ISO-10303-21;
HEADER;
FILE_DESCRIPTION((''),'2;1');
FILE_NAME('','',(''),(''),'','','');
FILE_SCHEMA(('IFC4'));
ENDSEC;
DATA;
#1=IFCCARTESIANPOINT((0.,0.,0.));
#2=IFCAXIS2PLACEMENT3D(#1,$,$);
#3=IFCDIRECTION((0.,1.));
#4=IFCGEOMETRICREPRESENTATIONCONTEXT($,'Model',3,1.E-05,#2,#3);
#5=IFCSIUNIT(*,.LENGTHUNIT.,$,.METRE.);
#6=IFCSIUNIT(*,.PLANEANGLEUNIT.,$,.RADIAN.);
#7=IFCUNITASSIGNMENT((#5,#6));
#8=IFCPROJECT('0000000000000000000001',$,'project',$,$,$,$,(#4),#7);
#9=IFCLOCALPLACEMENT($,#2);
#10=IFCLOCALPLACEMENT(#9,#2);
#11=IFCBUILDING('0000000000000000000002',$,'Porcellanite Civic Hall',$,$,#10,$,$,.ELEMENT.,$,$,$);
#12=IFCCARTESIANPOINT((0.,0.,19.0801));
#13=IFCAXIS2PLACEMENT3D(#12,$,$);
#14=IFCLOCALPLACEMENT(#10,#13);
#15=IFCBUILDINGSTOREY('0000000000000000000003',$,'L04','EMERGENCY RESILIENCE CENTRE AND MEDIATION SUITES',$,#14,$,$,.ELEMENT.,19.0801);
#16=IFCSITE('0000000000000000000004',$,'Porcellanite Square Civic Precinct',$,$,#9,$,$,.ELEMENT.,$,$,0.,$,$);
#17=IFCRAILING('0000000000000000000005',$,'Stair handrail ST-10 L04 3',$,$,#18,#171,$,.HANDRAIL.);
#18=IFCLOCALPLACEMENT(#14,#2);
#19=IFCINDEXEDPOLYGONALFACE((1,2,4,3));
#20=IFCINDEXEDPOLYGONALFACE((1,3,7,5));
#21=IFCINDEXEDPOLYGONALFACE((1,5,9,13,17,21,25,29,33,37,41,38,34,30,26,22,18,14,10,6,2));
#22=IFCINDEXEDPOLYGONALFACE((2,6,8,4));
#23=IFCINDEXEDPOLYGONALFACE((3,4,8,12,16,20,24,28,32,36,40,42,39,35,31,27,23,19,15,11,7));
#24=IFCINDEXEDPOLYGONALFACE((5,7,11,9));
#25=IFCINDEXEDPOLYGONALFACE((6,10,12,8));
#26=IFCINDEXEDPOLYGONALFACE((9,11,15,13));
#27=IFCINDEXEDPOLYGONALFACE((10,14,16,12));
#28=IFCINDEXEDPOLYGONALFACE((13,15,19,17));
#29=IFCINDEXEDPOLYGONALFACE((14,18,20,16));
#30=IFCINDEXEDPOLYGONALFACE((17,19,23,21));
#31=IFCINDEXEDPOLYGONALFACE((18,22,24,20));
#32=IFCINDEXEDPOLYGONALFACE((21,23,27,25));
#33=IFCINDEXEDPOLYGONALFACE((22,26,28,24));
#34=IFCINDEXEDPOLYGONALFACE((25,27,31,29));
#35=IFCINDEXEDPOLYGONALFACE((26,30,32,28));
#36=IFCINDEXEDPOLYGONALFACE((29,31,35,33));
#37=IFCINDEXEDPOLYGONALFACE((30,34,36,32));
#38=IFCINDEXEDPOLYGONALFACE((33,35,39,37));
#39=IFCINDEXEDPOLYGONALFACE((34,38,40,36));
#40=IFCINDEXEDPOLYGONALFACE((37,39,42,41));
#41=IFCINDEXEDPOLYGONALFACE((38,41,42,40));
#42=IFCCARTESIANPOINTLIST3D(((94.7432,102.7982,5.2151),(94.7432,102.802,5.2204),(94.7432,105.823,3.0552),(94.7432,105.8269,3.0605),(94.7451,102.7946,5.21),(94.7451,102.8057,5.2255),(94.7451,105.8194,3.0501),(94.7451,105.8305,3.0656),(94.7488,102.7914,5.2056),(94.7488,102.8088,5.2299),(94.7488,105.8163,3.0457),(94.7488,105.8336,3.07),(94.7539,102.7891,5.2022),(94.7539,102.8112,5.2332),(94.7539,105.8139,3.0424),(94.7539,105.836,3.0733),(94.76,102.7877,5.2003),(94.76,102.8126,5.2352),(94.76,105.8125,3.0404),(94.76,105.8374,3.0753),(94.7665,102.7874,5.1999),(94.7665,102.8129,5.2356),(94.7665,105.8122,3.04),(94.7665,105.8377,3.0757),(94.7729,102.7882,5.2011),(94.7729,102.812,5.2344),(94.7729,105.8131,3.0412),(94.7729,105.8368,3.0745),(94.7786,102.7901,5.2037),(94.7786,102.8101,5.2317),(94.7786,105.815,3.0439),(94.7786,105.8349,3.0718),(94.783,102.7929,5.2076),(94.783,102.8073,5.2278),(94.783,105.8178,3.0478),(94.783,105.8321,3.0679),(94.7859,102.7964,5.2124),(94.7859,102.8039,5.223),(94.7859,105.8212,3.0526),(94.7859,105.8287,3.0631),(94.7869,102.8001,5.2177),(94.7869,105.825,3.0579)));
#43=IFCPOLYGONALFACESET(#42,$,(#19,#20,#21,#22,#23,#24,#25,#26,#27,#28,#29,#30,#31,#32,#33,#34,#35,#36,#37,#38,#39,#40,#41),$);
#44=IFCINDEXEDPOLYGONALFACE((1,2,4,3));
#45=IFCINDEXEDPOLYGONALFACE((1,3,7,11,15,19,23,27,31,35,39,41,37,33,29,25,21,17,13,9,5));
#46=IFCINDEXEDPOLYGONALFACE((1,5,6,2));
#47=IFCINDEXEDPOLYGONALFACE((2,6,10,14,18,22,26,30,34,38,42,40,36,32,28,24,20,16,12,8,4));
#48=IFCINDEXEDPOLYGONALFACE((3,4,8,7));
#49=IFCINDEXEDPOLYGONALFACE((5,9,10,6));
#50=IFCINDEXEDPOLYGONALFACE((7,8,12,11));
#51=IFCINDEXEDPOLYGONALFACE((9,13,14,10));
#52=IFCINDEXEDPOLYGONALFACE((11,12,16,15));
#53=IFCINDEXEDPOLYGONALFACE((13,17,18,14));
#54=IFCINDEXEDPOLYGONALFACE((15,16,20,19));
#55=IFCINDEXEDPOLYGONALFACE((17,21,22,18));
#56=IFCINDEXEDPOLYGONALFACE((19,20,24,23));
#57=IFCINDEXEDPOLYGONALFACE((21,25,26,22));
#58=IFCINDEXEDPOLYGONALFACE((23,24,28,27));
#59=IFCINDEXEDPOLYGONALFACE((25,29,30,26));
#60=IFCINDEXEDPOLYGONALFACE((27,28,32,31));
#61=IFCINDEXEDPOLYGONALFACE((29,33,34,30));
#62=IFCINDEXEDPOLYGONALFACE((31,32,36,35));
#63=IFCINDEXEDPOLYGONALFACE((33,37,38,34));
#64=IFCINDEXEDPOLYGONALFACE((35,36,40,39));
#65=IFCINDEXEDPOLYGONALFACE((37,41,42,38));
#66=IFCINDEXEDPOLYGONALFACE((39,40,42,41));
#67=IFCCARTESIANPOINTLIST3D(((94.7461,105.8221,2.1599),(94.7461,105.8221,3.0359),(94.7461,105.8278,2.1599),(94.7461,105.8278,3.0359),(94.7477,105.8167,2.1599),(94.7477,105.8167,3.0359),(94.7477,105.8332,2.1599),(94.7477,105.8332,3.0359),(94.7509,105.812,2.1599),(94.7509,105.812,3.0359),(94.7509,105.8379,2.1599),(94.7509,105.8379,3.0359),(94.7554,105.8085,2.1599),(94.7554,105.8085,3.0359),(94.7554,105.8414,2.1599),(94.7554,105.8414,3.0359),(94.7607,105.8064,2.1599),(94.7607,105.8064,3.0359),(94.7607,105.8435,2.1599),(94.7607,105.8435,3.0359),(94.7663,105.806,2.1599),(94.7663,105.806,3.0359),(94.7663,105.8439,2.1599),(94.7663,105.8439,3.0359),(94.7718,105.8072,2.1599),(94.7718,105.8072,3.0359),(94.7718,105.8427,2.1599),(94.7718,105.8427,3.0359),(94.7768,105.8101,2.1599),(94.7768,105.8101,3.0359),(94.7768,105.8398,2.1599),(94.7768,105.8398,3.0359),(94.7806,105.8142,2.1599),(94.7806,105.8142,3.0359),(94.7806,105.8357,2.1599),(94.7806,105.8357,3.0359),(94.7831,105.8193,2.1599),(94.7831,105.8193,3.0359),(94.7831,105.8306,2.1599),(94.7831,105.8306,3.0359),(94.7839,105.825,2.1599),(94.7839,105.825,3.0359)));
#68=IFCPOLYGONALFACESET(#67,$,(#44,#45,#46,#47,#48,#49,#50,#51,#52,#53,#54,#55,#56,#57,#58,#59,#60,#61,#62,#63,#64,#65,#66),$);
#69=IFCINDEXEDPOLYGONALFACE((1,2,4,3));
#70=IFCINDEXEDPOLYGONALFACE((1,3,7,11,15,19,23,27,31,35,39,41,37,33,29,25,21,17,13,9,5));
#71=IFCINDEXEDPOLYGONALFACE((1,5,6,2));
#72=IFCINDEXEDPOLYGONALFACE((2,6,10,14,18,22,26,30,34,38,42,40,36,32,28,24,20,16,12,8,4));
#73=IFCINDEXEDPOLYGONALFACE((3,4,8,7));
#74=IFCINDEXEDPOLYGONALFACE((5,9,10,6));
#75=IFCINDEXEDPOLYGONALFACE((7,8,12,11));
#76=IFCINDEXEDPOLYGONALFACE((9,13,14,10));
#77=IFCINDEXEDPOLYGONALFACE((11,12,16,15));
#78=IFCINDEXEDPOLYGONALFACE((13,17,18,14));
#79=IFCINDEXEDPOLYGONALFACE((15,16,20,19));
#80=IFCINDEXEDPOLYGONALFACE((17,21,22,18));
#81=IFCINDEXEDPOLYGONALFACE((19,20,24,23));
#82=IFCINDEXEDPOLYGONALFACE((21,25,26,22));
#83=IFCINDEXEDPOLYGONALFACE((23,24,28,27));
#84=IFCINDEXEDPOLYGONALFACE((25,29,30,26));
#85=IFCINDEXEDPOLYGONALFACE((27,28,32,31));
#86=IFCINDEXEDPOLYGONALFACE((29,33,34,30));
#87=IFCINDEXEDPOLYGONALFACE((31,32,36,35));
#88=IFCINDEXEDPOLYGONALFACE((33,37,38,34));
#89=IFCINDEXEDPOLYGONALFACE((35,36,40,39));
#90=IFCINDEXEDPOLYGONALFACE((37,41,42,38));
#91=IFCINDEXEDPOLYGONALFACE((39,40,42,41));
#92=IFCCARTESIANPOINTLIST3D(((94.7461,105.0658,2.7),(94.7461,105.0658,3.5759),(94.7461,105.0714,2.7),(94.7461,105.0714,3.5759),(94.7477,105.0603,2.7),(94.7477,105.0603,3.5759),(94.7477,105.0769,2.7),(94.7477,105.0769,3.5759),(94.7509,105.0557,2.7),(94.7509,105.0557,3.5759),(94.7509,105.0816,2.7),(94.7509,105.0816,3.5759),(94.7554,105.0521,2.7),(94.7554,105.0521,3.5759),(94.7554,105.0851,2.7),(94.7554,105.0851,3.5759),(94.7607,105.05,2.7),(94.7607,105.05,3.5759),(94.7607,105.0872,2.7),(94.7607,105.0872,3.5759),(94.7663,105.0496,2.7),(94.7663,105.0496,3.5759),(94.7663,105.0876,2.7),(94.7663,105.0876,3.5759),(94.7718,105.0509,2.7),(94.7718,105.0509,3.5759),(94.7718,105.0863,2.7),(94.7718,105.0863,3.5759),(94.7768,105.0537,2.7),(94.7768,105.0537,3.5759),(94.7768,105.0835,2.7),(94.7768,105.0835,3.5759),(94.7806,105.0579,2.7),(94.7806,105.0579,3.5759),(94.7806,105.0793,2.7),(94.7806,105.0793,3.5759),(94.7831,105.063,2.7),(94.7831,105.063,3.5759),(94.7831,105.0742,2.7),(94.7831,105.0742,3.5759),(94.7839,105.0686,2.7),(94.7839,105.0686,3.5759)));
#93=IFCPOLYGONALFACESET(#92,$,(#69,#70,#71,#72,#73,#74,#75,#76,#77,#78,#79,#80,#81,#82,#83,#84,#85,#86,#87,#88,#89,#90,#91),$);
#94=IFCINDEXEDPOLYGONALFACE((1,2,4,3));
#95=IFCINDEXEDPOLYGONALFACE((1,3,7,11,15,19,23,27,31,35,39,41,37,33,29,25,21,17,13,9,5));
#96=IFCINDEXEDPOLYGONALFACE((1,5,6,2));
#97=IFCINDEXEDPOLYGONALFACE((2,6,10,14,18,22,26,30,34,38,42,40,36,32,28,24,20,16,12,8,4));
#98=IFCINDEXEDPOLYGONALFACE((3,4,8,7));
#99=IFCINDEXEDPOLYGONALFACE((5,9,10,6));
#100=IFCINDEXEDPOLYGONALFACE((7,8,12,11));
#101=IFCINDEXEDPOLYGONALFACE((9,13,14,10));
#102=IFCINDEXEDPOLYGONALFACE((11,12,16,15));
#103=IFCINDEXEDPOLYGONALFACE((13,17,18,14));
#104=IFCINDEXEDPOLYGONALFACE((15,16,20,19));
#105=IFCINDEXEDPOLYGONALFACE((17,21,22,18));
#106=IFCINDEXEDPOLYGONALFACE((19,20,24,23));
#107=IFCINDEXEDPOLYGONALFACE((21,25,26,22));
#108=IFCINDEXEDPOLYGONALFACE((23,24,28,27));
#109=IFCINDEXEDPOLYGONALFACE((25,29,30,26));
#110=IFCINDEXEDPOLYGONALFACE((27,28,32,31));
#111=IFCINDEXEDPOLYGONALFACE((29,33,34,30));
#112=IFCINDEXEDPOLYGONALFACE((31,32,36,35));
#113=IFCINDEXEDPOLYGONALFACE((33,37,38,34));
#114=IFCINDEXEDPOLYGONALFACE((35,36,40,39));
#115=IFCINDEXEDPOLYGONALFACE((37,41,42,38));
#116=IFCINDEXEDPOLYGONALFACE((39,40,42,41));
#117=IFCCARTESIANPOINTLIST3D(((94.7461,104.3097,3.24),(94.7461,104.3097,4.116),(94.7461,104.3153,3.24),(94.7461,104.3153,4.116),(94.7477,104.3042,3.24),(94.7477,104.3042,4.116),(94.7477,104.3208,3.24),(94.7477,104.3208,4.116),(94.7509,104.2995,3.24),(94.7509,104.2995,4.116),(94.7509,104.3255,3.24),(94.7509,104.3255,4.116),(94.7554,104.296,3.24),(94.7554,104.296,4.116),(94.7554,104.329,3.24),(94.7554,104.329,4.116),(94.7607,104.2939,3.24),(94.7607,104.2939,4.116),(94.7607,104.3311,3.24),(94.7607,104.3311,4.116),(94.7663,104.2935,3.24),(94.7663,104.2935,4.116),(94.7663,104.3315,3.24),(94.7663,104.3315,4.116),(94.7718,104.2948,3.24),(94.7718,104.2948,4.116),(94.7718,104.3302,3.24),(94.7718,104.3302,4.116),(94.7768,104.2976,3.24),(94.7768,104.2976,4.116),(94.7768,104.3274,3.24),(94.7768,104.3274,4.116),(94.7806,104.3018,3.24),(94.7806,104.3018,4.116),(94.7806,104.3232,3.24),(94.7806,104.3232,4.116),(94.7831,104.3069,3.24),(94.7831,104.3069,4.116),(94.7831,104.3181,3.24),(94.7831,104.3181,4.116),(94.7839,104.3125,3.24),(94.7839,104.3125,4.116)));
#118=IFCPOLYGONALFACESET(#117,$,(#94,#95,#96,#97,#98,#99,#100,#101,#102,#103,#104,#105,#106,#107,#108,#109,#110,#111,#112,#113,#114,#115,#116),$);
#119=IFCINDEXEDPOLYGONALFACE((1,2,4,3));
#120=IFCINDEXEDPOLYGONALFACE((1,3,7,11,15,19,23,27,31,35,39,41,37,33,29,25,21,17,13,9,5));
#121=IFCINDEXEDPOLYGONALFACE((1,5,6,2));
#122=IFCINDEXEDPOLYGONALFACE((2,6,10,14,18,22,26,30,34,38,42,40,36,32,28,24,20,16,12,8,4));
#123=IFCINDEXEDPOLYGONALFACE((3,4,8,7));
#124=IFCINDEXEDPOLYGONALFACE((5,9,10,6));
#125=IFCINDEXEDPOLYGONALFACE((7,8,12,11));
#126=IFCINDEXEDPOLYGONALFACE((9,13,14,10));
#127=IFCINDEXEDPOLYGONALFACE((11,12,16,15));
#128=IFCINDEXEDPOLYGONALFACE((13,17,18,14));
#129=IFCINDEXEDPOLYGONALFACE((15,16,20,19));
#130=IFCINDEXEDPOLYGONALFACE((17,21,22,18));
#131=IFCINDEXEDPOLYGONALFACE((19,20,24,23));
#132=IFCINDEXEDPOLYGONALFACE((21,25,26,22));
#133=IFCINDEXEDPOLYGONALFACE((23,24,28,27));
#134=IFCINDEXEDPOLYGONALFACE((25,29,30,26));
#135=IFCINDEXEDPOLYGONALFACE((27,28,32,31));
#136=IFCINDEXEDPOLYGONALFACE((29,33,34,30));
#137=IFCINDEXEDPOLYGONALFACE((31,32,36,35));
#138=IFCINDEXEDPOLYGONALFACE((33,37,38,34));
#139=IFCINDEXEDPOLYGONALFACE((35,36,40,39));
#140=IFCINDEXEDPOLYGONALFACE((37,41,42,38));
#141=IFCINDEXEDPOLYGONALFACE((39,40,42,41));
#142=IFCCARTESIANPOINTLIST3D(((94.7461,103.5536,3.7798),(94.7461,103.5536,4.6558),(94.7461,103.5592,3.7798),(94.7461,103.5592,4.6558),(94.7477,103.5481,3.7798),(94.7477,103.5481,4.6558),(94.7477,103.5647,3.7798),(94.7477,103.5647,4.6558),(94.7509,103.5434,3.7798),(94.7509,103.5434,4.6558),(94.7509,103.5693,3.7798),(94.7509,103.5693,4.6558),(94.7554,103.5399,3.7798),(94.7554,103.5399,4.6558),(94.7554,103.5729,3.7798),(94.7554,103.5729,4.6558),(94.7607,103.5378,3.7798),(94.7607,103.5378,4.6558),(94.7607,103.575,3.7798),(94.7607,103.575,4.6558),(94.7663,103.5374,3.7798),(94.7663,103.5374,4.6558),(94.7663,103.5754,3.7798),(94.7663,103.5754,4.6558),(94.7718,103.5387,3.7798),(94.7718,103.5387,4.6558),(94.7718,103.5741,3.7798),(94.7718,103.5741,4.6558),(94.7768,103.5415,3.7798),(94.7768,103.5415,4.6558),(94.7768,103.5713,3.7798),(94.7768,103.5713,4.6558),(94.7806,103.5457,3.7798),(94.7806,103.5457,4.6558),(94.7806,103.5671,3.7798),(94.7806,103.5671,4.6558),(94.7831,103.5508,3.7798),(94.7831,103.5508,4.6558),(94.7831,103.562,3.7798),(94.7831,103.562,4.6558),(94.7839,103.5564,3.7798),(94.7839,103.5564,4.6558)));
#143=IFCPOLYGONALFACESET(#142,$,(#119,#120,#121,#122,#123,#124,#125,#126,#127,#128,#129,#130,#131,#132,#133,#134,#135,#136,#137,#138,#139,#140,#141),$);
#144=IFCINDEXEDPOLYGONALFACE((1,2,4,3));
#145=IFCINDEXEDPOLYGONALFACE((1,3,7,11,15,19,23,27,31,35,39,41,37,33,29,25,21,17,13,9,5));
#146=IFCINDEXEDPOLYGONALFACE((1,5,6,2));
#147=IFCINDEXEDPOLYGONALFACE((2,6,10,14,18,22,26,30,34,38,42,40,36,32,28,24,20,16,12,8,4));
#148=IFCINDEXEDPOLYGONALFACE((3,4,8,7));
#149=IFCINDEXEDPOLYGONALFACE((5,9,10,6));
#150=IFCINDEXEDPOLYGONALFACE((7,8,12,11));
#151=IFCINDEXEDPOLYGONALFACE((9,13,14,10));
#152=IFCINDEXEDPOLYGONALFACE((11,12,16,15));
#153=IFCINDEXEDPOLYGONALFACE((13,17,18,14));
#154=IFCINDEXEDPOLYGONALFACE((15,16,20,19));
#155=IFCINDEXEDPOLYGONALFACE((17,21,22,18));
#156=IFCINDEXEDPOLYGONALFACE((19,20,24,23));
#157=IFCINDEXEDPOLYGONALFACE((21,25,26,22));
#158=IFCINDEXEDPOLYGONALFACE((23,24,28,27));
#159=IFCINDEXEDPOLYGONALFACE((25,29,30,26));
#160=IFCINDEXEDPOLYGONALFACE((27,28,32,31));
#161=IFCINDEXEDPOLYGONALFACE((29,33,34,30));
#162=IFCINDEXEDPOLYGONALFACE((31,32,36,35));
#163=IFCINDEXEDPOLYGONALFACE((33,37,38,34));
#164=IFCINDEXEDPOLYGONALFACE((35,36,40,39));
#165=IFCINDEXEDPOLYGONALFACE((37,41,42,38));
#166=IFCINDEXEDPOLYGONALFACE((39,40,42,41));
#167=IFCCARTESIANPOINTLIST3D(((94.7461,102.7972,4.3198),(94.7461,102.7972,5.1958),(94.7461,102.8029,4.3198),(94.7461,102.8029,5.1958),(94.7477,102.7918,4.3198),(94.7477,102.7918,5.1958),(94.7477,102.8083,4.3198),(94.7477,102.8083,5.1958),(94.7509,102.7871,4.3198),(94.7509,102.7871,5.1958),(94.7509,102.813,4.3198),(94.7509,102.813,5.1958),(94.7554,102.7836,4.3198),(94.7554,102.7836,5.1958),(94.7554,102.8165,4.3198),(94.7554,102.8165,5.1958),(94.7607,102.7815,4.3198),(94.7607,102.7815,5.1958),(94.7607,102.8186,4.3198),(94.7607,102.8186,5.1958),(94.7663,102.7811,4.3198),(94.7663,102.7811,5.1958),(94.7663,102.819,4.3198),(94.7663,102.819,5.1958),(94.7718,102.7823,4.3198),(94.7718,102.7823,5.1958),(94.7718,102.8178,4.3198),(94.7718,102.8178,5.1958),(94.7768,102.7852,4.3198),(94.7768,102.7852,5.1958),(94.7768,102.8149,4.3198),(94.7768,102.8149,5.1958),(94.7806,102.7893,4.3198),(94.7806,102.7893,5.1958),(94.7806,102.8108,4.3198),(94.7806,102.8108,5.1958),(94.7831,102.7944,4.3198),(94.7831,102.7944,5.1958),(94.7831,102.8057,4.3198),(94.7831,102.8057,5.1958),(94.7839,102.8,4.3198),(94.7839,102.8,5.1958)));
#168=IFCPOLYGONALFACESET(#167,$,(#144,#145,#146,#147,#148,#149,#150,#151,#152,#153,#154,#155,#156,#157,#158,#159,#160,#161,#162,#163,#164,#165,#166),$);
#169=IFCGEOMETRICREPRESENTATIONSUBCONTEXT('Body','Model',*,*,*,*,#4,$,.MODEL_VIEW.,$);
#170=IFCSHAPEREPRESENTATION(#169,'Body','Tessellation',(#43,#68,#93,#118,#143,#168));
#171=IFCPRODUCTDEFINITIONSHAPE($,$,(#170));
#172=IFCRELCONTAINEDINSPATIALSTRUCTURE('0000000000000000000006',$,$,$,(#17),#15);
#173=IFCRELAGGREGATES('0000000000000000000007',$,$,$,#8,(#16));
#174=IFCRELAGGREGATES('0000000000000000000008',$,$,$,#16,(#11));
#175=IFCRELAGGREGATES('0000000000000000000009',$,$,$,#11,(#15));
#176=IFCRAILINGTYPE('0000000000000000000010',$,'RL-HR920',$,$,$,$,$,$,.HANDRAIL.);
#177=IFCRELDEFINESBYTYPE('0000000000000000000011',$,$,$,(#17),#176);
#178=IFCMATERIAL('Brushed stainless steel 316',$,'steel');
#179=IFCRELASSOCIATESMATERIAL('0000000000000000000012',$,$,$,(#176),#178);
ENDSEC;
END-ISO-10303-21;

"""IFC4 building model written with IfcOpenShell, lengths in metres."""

from ifc_helpers import new_model, si_unit, direction, frame, origin, origin_2d, place, context, subcontext, project, spatial, circle, extrude, material, type_object, element, save


model = new_model("IFC4")

# Units and contexts
model_context = context("Model", 3, precision=1e-05, world=origin(), true_north=direction((0.0, 1.0)))
body_context = subcontext(model_context, "Body", "Model", "MODEL_VIEW")
ifc_project = project(units=[si_unit("LENGTHUNIT", "METRE"), si_unit("PLANEANGLEUNIT", "RADIAN")], contexts=[model_context])

# Site, building, storey
site_placement = place(None, origin())
site = spatial("IfcSite", under=ifc_project, at=site_placement, Name="Porcellanite Square Civic Precinct", CompositionType="ELEMENT", RefElevation=0.0)
building_placement = place(site_placement, origin())
building = spatial("IfcBuilding", under=site, at=building_placement, Name="Porcellanite Civic Hall", CompositionType="ELEMENT")
storey_placement = place(building_placement, frame((0.0, 0.0, 19.0801)))
storey = spatial("IfcBuildingStorey", under=building, at=storey_placement, Name="L04", Description="EMERGENCY RESILIENCE CENTRE AND MEDIATION SUITES", CompositionType="ELEMENT", Elevation=19.0801)

# Railing
ifc_material_1 = material(Name="Brushed stainless steel 316", Category="steel")
railing_type_1 = type_object("IfcRailingType", Name="RL-HR920", PredefinedType="HANDRAIL", material=ifc_material_1)
railing_1_placement = place(storey_placement, frame((94.7649, 105.825, 2.1599)))
element("IfcRailing", 1, at=railing_1_placement, inside=storey, type_object=railing_type_1, Name="Stair handrail ST-10 L04 3", PredefinedType="HANDRAIL", context=body_context, shape_type="SweptSolid", body=[
    extrude(circle(Radius=0.022, at=origin_2d()), frame((0.0, 0.0, 0.8979), z_axis=(0.0, -0.813827, 0.581108), x_axis=(1.0, 0.0, 0.0)), (0.0, 0.0, 1.0), 3.7168),
    extrude(circle(Radius=0.019, at=origin_2d()), origin(), (0.0, 0.0, 1.0), 0.876),
    extrude(circle(Radius=0.019, at=origin_2d()), frame((0.0, -0.7563, 0.54)), (0.0, 0.0, 1.0), 0.876),
    extrude(circle(Radius=0.019, at=origin_2d()), frame((0.0, -1.5125, 1.0801)), (0.0, 0.0, 1.0), 0.876),
    extrude(circle(Radius=0.019, at=origin_2d()), frame((0.0, -2.2686, 1.6199)), (0.0, 0.0, 1.0), 0.876),
    extrude(circle(Radius=0.019, at=origin_2d()), frame((0.0, -3.0249, 2.1599)), (0.0, 0.0, 1.0), 0.876),
])

save(model, "model.ifc")
